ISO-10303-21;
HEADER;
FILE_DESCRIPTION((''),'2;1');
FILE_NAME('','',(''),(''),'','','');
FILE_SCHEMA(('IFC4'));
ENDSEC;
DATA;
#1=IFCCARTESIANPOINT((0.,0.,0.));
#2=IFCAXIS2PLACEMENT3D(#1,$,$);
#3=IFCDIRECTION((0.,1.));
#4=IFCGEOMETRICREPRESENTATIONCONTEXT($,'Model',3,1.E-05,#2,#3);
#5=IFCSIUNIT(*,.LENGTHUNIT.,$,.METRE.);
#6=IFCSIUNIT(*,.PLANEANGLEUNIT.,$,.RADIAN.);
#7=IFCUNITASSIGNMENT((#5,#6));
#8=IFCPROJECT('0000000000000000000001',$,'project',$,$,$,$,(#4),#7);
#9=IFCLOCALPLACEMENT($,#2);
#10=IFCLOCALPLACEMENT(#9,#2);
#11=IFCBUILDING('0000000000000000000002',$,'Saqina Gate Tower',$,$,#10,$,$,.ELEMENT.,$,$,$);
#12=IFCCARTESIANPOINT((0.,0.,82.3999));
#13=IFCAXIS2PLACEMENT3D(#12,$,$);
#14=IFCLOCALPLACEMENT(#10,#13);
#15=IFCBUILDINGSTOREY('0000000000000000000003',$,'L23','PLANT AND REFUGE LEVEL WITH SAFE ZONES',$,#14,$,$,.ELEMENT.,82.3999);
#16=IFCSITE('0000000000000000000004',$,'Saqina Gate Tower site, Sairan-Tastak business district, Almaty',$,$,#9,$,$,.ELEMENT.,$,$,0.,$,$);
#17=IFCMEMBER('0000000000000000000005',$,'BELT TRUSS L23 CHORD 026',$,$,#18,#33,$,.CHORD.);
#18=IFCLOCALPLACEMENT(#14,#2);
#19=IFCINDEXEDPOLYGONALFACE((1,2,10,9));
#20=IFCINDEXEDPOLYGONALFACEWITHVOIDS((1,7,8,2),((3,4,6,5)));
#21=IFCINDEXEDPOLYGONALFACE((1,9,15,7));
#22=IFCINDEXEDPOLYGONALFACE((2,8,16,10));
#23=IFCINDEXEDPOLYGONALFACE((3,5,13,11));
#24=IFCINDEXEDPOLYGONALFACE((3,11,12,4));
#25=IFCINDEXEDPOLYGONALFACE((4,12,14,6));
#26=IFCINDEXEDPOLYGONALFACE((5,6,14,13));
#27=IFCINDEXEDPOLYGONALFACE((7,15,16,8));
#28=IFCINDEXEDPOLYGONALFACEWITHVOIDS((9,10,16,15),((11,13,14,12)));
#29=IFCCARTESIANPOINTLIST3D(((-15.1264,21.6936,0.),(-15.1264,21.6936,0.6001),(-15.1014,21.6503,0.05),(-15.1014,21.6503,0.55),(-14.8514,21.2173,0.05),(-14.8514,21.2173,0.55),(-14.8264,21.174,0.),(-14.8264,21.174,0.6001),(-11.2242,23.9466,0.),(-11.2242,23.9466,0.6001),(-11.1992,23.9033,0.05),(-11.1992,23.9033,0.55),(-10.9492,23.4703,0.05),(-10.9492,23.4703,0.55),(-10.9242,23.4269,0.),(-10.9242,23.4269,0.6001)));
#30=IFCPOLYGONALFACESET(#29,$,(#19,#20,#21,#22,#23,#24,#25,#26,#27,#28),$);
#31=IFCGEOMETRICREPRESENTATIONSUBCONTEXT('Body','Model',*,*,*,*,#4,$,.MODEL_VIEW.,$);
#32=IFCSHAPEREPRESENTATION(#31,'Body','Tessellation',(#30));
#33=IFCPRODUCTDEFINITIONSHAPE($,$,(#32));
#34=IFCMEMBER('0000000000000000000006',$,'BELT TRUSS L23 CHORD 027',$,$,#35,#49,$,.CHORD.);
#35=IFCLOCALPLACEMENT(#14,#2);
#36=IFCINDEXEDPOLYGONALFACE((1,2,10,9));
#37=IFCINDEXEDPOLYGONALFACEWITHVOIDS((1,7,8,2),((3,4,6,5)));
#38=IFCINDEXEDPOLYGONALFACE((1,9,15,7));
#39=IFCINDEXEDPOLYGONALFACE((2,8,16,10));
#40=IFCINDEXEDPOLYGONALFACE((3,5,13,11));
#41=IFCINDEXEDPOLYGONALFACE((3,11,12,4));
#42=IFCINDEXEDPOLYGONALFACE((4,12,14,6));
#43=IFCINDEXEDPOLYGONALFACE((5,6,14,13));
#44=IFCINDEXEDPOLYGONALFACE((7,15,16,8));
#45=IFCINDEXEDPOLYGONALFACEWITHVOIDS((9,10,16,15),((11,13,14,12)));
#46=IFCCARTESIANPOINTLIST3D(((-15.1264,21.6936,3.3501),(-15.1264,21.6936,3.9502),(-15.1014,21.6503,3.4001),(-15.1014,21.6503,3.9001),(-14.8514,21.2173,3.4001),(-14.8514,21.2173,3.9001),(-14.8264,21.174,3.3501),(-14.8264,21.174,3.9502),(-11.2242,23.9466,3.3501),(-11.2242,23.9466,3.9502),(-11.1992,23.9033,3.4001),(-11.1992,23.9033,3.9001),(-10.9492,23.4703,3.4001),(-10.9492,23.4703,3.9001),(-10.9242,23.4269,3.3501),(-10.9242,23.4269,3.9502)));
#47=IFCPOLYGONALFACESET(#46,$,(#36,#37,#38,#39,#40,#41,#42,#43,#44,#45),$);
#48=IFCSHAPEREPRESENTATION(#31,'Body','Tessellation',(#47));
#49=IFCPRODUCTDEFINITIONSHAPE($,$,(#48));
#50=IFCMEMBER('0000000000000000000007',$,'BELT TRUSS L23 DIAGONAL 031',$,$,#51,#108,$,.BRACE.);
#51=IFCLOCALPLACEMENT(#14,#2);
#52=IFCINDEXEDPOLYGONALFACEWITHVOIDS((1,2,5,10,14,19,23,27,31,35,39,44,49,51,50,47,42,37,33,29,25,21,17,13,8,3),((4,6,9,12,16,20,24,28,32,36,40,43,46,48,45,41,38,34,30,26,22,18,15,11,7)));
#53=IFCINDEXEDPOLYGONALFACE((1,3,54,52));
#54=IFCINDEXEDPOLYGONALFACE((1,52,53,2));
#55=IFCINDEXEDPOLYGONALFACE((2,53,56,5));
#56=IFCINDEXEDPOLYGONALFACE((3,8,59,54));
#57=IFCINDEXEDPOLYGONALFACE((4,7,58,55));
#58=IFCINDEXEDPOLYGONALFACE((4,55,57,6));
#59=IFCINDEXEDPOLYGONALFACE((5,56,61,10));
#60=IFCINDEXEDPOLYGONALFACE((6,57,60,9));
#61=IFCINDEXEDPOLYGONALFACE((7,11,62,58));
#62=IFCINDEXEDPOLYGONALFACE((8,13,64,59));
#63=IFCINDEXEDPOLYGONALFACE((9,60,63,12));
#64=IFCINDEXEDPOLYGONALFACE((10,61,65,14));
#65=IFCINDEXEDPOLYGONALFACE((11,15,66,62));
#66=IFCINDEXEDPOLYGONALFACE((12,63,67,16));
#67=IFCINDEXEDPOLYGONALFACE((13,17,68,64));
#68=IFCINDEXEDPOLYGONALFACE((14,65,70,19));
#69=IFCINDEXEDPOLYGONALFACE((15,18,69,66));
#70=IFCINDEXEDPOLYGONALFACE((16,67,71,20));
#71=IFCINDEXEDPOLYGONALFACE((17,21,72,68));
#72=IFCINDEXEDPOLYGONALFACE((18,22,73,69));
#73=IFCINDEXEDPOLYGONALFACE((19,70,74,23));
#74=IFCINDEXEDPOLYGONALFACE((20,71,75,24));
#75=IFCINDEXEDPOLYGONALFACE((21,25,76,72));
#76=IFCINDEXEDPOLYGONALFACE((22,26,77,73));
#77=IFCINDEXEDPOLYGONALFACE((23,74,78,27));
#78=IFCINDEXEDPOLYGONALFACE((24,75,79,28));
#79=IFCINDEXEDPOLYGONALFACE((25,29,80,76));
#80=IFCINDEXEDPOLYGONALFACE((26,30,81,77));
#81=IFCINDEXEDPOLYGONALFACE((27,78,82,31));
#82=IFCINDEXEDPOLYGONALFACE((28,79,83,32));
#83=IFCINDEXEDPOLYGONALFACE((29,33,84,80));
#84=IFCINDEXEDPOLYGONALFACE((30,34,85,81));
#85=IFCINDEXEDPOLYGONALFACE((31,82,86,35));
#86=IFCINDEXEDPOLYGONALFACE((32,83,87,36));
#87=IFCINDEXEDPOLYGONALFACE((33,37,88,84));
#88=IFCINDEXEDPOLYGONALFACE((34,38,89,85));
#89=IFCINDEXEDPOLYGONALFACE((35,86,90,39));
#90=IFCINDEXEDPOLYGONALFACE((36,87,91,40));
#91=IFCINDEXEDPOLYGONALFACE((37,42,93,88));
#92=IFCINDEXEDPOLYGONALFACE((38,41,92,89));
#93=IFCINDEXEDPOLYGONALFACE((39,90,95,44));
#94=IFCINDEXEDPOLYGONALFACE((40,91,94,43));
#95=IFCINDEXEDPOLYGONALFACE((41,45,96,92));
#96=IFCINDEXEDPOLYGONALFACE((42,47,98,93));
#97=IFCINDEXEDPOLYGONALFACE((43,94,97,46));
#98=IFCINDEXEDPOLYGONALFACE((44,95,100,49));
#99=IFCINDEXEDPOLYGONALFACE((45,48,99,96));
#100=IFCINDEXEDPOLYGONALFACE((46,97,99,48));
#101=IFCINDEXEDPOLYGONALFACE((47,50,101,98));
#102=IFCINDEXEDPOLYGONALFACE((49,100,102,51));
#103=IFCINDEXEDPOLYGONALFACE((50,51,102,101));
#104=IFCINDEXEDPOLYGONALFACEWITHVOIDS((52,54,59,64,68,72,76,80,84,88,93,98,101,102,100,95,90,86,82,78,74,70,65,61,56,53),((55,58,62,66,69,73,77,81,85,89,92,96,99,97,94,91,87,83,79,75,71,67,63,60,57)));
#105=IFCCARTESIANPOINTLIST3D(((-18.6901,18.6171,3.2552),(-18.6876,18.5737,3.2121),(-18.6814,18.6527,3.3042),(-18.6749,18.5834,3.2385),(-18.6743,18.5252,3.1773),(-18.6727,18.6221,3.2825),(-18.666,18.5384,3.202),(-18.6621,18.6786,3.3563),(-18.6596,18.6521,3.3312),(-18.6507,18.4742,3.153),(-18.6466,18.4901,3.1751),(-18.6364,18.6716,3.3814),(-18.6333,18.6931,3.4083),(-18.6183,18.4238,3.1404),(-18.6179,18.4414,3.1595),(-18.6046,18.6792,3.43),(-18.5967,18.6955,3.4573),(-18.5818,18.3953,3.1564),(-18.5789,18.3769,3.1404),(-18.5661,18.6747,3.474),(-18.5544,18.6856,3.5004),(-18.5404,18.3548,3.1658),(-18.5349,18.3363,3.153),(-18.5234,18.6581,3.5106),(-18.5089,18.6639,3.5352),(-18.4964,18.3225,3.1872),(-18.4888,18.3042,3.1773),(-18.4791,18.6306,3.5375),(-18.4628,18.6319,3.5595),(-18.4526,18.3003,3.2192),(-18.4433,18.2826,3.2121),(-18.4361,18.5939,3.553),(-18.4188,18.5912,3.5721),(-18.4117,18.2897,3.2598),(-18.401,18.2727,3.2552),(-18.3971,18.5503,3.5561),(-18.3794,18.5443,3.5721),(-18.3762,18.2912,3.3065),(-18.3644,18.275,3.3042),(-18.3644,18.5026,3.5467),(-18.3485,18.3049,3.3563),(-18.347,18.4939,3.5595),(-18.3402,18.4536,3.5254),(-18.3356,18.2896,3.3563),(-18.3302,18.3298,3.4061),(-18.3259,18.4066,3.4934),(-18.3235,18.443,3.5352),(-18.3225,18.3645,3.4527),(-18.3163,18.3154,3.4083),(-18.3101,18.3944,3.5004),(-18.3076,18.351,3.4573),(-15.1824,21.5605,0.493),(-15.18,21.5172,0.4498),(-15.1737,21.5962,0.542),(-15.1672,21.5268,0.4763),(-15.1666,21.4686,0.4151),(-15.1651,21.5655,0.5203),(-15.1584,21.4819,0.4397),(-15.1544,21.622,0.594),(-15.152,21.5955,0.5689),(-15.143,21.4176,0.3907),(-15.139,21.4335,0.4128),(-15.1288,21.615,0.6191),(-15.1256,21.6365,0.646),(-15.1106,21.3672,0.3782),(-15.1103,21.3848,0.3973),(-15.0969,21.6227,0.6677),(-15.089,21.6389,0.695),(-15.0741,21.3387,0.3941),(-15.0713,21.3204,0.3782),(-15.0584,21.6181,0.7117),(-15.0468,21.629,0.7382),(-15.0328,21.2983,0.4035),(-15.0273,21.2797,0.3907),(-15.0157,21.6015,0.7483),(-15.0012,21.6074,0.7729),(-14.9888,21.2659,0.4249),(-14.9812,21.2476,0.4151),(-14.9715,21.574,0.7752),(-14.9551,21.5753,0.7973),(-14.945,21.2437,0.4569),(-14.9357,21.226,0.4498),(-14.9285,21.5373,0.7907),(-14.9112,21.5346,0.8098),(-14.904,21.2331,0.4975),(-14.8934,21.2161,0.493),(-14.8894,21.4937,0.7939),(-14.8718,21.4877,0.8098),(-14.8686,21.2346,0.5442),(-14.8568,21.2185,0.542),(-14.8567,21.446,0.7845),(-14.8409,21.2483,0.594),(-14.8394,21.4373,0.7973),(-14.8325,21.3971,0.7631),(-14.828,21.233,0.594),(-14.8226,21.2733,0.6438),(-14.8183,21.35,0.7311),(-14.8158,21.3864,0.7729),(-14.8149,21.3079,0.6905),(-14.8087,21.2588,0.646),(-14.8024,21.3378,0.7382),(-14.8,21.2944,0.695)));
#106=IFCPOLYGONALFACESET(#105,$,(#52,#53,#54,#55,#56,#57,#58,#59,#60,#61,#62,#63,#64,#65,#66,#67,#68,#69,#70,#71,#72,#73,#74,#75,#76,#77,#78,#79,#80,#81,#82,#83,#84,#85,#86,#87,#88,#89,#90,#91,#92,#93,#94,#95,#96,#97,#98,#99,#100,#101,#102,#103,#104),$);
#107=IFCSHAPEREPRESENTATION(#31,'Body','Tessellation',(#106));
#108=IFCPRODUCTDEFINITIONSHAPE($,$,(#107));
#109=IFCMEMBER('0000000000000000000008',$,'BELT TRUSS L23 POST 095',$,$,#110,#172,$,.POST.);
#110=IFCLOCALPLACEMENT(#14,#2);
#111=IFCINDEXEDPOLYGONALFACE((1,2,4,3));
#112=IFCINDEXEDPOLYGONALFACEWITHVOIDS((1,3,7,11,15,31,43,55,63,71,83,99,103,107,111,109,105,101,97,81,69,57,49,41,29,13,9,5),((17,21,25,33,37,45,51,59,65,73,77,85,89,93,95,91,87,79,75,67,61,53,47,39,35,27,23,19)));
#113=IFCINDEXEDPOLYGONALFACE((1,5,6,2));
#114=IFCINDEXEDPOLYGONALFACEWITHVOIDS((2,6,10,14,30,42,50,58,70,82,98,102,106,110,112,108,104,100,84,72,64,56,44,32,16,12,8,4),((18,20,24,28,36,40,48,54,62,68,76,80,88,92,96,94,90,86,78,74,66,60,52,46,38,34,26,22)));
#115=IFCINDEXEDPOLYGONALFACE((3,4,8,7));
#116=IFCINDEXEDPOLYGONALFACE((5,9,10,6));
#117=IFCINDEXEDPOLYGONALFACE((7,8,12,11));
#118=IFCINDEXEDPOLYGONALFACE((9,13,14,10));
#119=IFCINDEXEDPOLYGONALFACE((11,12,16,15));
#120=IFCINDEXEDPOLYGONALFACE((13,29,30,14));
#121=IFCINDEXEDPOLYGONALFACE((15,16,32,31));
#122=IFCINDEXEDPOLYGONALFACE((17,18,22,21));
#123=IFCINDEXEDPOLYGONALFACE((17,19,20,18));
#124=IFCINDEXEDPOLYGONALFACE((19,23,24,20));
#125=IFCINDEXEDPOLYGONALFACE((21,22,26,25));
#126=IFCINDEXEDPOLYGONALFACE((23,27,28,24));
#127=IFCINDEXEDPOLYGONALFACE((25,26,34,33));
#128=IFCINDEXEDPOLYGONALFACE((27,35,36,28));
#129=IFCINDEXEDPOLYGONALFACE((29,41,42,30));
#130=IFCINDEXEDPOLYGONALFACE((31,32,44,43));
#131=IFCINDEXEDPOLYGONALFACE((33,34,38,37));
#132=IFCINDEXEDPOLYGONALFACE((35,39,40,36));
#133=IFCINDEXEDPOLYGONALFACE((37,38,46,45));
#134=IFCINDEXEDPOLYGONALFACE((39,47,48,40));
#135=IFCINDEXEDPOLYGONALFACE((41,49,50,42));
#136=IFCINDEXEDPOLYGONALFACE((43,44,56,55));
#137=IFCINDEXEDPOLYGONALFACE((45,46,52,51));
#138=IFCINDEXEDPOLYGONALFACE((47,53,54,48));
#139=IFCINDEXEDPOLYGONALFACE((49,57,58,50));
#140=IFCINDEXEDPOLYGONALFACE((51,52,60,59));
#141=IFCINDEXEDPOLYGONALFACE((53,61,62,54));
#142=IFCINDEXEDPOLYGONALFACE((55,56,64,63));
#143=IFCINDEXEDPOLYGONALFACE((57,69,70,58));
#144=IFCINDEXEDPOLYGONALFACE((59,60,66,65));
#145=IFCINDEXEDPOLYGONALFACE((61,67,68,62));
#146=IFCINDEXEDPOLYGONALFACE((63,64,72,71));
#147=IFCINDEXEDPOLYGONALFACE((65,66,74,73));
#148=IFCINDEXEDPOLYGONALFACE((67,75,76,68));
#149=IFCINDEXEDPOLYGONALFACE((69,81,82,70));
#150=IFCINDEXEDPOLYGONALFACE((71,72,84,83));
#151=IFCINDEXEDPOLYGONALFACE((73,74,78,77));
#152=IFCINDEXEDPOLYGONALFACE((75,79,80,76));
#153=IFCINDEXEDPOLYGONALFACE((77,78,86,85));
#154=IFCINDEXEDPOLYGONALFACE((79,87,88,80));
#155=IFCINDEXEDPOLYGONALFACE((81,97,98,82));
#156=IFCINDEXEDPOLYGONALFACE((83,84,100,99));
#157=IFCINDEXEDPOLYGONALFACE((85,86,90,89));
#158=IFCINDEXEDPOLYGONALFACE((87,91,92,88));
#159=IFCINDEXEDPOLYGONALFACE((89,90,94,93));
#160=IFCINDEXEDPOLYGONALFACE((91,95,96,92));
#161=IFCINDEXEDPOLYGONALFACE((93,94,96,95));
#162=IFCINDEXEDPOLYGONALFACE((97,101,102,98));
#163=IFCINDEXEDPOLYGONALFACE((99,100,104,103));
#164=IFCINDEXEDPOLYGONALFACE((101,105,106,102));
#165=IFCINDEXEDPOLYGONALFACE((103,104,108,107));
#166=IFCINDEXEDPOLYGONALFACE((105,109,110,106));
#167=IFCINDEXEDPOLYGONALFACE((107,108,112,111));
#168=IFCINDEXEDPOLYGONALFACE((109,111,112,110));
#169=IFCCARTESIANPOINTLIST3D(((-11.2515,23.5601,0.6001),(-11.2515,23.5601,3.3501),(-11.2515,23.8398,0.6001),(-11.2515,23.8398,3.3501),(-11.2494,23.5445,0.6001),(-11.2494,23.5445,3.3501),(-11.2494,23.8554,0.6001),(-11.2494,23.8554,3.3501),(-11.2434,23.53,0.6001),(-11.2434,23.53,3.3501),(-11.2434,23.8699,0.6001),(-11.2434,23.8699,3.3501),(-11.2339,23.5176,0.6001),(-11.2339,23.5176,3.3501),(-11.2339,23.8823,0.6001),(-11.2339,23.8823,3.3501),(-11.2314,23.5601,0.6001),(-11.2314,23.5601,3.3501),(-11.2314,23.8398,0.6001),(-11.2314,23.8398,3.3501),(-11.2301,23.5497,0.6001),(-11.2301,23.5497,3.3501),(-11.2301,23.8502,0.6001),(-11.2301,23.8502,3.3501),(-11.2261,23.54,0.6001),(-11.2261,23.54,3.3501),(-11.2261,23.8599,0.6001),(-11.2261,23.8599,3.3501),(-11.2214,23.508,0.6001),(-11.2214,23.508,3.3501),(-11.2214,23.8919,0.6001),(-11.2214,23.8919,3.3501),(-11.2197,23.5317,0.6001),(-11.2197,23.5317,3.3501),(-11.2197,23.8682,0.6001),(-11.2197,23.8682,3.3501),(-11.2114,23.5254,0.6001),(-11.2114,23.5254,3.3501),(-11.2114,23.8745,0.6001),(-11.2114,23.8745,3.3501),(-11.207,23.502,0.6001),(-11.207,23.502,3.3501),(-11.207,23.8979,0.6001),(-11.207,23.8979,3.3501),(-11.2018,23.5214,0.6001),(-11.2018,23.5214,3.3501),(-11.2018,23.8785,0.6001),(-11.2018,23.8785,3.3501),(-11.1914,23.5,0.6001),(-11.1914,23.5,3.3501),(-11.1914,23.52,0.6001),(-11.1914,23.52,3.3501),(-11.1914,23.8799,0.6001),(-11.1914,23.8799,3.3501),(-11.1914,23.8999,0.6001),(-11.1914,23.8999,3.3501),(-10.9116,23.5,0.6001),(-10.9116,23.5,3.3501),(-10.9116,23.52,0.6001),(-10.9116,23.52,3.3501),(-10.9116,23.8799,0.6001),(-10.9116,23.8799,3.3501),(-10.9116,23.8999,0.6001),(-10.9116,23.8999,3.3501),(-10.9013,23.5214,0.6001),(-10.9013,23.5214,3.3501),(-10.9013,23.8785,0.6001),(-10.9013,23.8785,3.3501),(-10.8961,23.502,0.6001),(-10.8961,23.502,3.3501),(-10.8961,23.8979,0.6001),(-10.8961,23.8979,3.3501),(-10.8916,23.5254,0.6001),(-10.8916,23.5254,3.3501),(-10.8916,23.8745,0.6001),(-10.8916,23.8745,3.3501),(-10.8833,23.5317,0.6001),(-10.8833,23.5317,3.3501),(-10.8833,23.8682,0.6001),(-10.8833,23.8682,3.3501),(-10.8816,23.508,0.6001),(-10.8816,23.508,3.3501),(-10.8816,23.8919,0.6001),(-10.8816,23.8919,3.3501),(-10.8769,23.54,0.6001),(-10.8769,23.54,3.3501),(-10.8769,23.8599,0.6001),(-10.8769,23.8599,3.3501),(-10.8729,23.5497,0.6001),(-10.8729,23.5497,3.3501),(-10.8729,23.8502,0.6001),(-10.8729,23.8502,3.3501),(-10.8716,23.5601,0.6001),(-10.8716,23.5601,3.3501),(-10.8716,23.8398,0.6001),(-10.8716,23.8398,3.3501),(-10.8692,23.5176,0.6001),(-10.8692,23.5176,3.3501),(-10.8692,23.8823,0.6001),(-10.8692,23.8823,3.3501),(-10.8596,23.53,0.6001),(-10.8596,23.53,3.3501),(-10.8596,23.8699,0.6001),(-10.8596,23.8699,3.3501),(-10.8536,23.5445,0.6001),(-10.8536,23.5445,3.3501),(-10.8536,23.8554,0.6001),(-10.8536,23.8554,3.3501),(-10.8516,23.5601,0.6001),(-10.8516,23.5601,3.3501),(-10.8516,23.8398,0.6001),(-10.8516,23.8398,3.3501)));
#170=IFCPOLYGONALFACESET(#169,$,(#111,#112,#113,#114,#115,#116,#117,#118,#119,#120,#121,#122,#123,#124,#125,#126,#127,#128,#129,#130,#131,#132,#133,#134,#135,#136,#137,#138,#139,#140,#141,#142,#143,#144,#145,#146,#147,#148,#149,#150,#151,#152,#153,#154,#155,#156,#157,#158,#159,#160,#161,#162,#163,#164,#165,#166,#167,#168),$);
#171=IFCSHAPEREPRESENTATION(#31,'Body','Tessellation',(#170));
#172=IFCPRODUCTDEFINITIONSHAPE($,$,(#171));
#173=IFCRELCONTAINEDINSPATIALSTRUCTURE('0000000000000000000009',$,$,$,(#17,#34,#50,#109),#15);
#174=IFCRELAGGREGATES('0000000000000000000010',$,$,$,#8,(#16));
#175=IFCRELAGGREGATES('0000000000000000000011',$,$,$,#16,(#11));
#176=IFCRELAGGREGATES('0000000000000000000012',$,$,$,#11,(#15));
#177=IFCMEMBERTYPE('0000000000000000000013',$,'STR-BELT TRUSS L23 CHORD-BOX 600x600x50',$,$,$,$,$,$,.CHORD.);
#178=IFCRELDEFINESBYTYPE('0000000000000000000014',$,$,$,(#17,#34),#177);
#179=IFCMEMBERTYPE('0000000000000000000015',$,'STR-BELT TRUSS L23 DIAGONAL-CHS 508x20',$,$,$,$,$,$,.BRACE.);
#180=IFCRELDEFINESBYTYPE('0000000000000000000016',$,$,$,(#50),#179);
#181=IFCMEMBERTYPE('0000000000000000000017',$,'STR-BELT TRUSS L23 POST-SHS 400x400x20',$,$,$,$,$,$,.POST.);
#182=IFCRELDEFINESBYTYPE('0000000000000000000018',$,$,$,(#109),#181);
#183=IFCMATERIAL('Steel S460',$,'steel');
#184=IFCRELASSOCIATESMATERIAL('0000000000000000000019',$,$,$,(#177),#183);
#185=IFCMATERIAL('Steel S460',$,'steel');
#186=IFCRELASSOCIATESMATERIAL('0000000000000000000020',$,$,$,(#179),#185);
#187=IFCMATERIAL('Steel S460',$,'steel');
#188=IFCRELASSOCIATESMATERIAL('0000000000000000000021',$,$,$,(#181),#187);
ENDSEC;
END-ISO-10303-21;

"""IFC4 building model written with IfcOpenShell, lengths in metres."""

from ifc_helpers import new_model, si_unit, direction, frame, origin, origin_2d, place, context, subcontext, project, spatial, hollow_rectangle, hollow_circle, extrude, material, material_profile, profile_set, type_object, element, save


model = new_model("IFC4")

# Units and contexts
model_context = context("Model", 3, precision=1e-05, world=origin(), true_north=direction((0.0, 1.0)))
body_context = subcontext(model_context, "Body", "Model", "MODEL_VIEW")
ifc_project = project(units=[si_unit("LENGTHUNIT", "METRE"), si_unit("PLANEANGLEUNIT", "RADIAN")], contexts=[model_context])

# Site, building, storey
site_placement = place(None, origin())
site = spatial("IfcSite", under=ifc_project, at=site_placement, Name="Saqina Gate Tower site, Sairan-Tastak business district, Almaty", CompositionType="ELEMENT", RefElevation=0.0)
building_placement = place(site_placement, origin())
building = spatial("IfcBuilding", under=site, at=building_placement, Name="Saqina Gate Tower", CompositionType="ELEMENT")
storey_placement = place(building_placement, frame((0.0, 0.0, 82.3999)))
storey = spatial("IfcBuildingStorey", under=building, at=storey_placement, Name="L23", Description="PLANT AND REFUGE LEVEL WITH SAFE ZONES", CompositionType="ELEMENT", Elevation=82.3999)

# Members
ifc_material_1 = material(Name="Steel S460", Category="steel")
ifc_material_profile_1 = material_profile(ifc_material_1, hollow_rectangle(XDim=0.6001, YDim=0.6001, WallThickness=0.05, at=origin_2d()), Name="BOX 600x600x50")
ifc_profile_set_1 = profile_set([ifc_material_profile_1], Name="Steel S460")
member_type_1 = type_object("IfcMemberType", Name="STR-BELT TRUSS L23 CHORD-BOX 600x600x50", PredefinedType="CHORD", material=ifc_profile_set_1)
for number, where, z_axis, x_axis, name in (
    (1, (-11.0742, 23.6868, 0.3), (-0.86602, -0.500009, 0.0), (0.500009, -0.86602, 0.0), "BELT TRUSS L23 CHORD 026"),
    (2, (-11.0742, 23.6868, 3.6501), (-0.86602, -0.500009, 0.0), (0.500009, -0.86602, 0.0), "BELT TRUSS L23 CHORD 027"),
):
    element("IfcMember", number, at=place(storey_placement, frame(where, z_axis=z_axis, x_axis=x_axis)), inside=storey, type_object=member_type_1, Name=name, PredefinedType="CHORD", context=body_context, shape_type="SweptSolid", body=[
        extrude(hollow_rectangle(XDim=0.6001, YDim=0.6001, WallThickness=0.05, at=origin_2d()), origin(), (0.0, 0.0, 1.0), 4.5059),
    ])
ifc_material_2 = material(Name="Steel S460", Category="steel")
ifc_material_profile_2 = material_profile(ifc_material_2, hollow_circle(Radius=0.2539, WallThickness=0.02, at=origin_2d()), Name="CHS 508x20")
ifc_profile_set_2 = profile_set([ifc_material_profile_2], Name="Steel S460")
member_type_2 = type_object("IfcMemberType", Name="STR-BELT TRUSS L23 DIAGONAL-CHS 508x20", PredefinedType="BRACE", material=ifc_profile_set_2)
member_1_placement = place(storey_placement, frame((-14.9912, 21.4275, 0.594), z_axis=(-0.655922, -0.550414, 0.516538), x_axis=(0.642808, -0.766027, 0.0)))
element("IfcMember", 3, at=member_1_placement, inside=storey, type_object=member_type_2, Name="BELT TRUSS L23 DIAGONAL 031", PredefinedType="BRACE", context=body_context, shape_type="SweptSolid", body=[
    extrude(hollow_circle(Radius=0.2539, WallThickness=0.02, at=origin_2d()), origin(), (0.0, 0.0, 1.0), 5.3477),
])
ifc_material_3 = material(Name="Steel S460", Category="steel")
ifc_material_profile_3 = material_profile(ifc_material_3, hollow_rectangle(XDim=0.3999, YDim=0.3999, WallThickness=0.02, InnerFilletRadius=0.04, OuterFilletRadius=0.0601, at=origin_2d()), Name="SHS 400x400x20")
ifc_profile_set_3 = profile_set([ifc_material_profile_3], Name="Steel S460")
member_type_3 = type_object("IfcMemberType", Name="STR-BELT TRUSS L23 POST-SHS 400x400x20", PredefinedType="POST", material=ifc_profile_set_3)
for number, where, z_axis, x_axis, name in (
    (4, (-11.0515, 23.7, 0.6001), (0.0, 0.0, 1.0), (1.0, 0.0, 0.0), "BELT TRUSS L23 POST 095"),
):
    element("IfcMember", number, at=place(storey_placement, frame(where, z_axis=z_axis, x_axis=x_axis)), inside=storey, type_object=member_type_3, Name=name, PredefinedType="POST", context=body_context, shape_type="SweptSolid", body=[
        extrude(hollow_rectangle(XDim=0.3999, YDim=0.3999, WallThickness=0.02, InnerFilletRadius=0.04, OuterFilletRadius=0.0601, at=origin_2d()), origin(), (0.0, 0.0, 1.0), 2.75),
    ])

save(model, "model.ifc")
